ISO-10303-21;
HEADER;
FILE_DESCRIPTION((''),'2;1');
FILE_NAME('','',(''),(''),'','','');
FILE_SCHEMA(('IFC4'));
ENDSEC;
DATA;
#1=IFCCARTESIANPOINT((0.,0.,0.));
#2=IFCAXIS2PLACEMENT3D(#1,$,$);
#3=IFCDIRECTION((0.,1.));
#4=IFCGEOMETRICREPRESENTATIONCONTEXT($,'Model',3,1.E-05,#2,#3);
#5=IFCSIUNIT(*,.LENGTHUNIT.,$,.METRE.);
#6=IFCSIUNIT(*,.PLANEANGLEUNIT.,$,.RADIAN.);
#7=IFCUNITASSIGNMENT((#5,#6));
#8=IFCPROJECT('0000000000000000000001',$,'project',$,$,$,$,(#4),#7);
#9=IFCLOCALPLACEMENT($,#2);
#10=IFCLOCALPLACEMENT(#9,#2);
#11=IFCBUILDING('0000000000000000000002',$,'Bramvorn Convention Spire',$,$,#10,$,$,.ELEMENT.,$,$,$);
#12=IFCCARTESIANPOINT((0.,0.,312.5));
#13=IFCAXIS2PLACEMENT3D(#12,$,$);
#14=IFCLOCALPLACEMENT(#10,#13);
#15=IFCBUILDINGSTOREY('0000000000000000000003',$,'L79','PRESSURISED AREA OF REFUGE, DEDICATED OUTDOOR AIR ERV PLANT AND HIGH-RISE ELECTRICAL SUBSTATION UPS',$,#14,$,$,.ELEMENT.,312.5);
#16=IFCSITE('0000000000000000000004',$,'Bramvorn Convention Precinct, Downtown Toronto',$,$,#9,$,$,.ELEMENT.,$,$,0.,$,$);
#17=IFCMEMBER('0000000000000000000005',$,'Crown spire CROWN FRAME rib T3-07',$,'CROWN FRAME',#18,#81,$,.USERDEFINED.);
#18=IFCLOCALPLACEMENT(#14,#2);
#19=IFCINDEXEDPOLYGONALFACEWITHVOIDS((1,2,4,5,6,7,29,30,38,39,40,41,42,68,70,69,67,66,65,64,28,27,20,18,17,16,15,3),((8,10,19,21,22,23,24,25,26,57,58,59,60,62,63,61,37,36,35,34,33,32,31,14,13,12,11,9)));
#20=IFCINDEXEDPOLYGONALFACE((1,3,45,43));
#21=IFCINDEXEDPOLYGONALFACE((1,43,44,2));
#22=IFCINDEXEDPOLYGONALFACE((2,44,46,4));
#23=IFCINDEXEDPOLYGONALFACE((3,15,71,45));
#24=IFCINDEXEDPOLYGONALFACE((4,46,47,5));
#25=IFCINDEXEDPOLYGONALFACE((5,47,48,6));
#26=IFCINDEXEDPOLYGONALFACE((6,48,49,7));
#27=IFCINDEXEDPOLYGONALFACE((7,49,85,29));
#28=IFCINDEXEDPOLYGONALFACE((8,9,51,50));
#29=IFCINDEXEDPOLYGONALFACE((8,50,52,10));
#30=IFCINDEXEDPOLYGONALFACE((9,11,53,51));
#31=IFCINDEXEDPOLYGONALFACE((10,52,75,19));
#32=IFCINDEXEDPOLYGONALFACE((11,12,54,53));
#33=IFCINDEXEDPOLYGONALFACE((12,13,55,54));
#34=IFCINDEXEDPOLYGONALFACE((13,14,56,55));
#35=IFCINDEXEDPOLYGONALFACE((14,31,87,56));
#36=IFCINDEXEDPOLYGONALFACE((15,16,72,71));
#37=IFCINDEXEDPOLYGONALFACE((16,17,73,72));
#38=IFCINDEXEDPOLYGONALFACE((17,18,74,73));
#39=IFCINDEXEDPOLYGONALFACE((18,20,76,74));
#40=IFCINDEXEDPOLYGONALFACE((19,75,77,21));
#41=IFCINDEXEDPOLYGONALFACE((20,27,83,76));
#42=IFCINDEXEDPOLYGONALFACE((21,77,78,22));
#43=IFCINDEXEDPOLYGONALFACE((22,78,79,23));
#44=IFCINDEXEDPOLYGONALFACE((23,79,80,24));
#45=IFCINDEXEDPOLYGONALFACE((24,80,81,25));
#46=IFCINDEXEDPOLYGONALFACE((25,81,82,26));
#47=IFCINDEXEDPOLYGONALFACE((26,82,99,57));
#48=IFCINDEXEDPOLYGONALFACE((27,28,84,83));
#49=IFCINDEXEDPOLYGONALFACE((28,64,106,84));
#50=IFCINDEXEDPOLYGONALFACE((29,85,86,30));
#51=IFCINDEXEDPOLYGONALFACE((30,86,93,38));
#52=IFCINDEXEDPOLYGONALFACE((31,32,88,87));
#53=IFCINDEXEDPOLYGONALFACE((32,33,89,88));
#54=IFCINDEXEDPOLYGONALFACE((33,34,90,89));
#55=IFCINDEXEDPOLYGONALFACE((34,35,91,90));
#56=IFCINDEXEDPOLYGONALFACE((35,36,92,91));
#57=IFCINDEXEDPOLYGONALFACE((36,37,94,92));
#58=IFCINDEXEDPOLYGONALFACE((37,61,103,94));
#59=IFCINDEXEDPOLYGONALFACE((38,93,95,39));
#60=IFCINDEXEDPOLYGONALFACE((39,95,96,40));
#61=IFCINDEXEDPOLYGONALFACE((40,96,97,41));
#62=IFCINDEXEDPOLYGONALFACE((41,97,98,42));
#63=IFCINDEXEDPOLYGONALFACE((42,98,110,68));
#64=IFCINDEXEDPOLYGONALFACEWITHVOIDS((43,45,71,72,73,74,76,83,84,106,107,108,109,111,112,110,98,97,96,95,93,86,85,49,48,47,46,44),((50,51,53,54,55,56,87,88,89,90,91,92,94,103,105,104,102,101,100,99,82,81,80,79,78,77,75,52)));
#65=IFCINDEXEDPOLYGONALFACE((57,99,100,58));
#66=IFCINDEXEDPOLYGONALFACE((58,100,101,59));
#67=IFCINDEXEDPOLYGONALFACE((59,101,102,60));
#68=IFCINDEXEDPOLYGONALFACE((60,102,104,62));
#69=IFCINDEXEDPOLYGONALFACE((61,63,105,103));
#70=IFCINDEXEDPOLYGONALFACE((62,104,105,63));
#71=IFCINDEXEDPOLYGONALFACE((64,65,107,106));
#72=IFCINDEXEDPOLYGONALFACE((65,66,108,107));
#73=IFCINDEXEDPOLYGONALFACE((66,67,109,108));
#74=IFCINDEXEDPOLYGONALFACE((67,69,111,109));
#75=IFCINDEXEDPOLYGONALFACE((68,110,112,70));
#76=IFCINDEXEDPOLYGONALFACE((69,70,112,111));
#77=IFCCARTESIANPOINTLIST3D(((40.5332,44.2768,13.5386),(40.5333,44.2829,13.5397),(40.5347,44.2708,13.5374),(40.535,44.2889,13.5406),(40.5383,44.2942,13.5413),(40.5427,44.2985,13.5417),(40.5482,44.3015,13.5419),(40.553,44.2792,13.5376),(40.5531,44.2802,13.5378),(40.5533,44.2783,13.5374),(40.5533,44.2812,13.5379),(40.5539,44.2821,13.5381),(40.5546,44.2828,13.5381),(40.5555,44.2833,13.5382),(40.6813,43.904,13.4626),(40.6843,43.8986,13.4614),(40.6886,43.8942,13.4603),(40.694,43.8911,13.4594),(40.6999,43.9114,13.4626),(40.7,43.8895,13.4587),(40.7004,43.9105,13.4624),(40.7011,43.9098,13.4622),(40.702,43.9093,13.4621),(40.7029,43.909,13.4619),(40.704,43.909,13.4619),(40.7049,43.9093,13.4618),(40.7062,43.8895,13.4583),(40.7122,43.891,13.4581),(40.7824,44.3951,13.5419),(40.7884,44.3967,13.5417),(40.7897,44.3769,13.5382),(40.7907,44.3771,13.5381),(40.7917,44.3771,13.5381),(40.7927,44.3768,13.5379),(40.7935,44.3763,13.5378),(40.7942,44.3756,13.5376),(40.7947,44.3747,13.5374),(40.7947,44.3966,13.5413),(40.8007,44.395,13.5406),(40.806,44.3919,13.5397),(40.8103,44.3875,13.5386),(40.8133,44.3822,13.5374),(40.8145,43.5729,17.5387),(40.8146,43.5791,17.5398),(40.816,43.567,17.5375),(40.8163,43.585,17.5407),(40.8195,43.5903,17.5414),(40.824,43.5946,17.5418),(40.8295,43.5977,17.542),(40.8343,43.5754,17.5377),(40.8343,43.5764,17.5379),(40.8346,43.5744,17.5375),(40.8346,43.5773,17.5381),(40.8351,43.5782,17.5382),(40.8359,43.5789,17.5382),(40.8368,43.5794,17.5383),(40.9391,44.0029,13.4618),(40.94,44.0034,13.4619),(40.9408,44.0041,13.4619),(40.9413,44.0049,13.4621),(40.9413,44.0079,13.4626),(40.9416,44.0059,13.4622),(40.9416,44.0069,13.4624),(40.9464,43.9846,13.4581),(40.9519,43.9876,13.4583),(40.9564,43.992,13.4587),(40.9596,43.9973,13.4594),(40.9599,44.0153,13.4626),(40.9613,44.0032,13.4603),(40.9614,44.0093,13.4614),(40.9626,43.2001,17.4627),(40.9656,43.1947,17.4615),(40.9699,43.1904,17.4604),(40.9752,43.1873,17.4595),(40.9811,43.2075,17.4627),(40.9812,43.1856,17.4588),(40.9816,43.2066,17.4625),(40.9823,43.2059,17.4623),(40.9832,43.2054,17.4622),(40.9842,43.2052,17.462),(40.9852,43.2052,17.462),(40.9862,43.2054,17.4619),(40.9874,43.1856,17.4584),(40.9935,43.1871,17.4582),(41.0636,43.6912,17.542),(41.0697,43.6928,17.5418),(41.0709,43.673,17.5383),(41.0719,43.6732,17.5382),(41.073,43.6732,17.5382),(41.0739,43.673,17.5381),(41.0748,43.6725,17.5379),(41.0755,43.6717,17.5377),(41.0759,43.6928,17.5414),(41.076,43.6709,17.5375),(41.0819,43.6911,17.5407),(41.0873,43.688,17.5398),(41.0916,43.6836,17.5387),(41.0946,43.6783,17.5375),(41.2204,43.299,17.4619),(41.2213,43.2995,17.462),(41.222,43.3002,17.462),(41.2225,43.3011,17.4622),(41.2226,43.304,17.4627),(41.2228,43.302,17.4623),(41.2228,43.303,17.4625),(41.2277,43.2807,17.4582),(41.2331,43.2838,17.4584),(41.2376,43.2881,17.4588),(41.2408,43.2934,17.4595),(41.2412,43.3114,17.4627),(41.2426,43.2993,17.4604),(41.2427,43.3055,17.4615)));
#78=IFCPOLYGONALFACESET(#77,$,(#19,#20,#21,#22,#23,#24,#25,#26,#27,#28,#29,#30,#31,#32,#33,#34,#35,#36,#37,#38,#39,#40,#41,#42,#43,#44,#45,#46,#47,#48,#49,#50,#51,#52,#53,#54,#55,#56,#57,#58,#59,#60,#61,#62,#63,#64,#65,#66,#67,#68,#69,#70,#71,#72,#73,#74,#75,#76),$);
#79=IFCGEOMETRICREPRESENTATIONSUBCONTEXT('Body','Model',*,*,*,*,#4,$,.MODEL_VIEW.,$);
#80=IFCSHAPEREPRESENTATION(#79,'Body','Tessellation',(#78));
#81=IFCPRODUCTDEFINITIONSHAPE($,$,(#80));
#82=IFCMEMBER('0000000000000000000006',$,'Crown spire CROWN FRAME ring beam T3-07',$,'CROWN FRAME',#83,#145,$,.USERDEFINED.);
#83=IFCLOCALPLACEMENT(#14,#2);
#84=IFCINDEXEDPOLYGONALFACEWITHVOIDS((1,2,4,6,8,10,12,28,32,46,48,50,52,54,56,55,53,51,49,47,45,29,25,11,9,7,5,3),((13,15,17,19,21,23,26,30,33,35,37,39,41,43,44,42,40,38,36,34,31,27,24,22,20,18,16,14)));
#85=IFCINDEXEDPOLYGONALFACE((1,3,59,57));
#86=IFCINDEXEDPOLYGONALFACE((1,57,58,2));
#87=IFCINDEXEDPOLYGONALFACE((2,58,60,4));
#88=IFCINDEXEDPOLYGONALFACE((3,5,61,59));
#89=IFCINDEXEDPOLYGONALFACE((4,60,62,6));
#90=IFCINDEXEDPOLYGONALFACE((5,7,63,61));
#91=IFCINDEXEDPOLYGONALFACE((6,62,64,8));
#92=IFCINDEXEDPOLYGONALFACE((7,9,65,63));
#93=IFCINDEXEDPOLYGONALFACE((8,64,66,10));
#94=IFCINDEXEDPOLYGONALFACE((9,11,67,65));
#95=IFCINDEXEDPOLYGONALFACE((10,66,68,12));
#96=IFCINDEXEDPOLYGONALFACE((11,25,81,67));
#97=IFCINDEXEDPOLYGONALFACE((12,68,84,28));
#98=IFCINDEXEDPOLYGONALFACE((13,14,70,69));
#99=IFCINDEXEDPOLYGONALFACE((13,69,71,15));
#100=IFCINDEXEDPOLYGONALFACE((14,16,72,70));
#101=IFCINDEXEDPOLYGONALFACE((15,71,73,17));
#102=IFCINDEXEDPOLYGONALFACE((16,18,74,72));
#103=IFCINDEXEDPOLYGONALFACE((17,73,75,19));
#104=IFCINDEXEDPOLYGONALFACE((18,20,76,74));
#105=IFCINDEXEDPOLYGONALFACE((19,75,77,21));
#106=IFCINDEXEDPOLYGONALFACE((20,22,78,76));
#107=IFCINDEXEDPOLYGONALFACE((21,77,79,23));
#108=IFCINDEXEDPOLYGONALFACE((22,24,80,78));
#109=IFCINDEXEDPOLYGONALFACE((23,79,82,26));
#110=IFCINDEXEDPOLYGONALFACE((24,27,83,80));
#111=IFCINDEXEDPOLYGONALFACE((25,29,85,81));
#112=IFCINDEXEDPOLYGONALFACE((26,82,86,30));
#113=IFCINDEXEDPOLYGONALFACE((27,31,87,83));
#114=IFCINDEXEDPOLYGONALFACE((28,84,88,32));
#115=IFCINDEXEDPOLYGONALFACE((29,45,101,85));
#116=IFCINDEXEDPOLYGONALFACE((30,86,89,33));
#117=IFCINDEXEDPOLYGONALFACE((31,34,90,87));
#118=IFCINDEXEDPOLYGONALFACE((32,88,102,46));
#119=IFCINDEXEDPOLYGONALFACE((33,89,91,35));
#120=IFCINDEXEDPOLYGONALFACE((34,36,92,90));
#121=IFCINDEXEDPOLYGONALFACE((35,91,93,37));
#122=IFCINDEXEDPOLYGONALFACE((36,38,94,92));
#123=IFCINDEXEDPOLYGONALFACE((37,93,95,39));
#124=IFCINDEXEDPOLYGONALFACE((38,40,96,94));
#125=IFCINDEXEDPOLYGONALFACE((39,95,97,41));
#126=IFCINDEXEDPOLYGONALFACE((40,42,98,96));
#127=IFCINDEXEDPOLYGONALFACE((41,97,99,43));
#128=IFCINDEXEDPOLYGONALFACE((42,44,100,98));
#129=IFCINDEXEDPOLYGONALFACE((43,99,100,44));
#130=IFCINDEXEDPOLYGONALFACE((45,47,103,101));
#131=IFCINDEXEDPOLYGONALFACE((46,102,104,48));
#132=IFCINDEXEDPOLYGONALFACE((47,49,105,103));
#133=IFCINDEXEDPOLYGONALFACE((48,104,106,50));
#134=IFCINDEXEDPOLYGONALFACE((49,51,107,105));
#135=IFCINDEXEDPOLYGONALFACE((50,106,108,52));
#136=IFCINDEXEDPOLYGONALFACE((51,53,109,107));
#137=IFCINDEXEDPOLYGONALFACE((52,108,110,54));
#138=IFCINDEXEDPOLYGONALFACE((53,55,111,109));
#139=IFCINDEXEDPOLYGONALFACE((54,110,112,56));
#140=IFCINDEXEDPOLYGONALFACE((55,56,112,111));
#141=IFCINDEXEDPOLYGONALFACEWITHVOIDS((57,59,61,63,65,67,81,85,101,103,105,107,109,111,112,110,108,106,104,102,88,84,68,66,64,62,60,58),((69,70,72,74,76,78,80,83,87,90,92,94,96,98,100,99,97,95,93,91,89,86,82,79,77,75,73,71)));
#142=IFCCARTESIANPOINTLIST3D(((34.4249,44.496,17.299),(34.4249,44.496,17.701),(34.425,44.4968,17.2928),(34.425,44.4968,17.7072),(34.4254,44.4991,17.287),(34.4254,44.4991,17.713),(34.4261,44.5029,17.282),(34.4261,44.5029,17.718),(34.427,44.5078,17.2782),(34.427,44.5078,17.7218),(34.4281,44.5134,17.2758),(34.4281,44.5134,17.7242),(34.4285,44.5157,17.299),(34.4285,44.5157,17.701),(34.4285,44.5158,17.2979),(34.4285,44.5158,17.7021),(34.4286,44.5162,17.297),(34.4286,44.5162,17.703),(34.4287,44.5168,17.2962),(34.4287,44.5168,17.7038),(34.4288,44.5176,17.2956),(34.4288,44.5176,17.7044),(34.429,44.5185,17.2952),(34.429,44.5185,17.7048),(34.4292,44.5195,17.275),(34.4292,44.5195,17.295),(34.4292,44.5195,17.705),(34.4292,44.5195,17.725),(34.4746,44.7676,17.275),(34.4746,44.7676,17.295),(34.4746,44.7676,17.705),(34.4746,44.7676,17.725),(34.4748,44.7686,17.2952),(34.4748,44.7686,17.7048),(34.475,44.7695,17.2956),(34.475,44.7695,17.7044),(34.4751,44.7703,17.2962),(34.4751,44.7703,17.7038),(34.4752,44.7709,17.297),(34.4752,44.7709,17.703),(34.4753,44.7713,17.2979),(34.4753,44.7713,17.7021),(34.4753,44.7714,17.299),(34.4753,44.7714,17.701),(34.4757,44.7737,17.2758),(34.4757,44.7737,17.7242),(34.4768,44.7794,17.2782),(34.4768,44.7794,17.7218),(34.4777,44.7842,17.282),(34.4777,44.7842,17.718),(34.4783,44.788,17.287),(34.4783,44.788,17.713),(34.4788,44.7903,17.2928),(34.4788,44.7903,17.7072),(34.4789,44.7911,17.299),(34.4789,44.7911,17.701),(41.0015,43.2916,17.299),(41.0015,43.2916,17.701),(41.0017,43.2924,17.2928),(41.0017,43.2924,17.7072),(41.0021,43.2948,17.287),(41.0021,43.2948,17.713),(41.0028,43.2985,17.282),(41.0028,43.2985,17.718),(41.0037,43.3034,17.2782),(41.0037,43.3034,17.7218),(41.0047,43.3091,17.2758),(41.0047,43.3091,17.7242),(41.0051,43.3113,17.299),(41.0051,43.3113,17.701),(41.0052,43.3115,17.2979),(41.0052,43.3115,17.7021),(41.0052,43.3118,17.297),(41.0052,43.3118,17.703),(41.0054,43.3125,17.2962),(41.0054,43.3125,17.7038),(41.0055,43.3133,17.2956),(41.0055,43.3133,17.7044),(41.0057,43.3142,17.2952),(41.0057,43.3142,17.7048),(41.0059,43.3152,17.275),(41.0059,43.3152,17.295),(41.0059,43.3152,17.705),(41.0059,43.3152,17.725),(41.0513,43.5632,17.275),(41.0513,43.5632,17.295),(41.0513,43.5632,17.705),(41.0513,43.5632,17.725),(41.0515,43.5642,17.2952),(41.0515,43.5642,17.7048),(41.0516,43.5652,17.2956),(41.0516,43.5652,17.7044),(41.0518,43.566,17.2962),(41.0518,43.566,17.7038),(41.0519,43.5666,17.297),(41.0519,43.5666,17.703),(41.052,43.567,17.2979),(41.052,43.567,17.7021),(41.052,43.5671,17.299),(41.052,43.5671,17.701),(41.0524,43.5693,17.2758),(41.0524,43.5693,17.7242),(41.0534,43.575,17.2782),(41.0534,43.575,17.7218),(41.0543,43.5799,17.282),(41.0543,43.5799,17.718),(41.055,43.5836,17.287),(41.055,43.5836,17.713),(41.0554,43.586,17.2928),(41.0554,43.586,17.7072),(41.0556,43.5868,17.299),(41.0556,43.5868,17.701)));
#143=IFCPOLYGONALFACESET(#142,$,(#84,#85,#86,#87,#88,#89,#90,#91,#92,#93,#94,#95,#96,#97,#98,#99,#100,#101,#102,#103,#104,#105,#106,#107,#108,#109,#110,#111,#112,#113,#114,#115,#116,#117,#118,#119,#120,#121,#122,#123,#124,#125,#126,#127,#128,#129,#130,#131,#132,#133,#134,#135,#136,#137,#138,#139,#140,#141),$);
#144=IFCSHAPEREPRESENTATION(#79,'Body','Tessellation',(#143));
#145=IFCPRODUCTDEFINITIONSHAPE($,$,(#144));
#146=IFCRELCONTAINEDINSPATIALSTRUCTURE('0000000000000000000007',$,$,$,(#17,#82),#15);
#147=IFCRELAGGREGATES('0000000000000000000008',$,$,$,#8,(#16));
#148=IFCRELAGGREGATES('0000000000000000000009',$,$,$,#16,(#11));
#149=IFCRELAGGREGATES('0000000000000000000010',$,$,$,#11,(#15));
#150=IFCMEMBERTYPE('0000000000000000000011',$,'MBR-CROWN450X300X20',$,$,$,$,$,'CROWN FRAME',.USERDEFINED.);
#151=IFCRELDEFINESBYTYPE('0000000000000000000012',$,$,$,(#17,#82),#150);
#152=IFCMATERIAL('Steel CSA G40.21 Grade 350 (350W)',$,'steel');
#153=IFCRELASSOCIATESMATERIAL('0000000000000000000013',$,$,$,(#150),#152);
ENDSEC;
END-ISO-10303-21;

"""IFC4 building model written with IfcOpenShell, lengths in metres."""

from ifc_helpers import new_model, si_unit, direction, frame, origin, origin_2d, place, context, subcontext, project, spatial, hollow_rectangle, extrude, material, material_profile, profile_set, type_object, element, save


model = new_model("IFC4")

# Units and contexts
model_context = context("Model", 3, precision=1e-05, world=origin(), true_north=direction((0.0, 1.0)))
body_context = subcontext(model_context, "Body", "Model", "MODEL_VIEW")
ifc_project = project(units=[si_unit("LENGTHUNIT", "METRE"), si_unit("PLANEANGLEUNIT", "RADIAN")], contexts=[model_context])

# Site, building, storey
site_placement = place(None, origin())
site = spatial("IfcSite", under=ifc_project, at=site_placement, Name="Bramvorn Convention Precinct, Downtown Toronto", CompositionType="ELEMENT", RefElevation=0.0)
building_placement = place(site_placement, origin())
building = spatial("IfcBuilding", under=site, at=building_placement, Name="Bramvorn Convention Spire", CompositionType="ELEMENT")
storey_placement = place(building_placement, frame((0.0, 0.0, 312.5)))
storey = spatial("IfcBuildingStorey", under=building, at=storey_placement, Name="L79", Description="PRESSURISED AREA OF REFUGE, DEDICATED OUTDOOR AIR ERV PLANT AND HIGH-RISE ELECTRICAL SUBSTATION UPS", CompositionType="ELEMENT", Elevation=312.5)

# Shared definitions
ifc_material_1 = material(Name="Steel CSA G40.21 Grade 350 (350W)", Category="steel")

# Members
ifc_material_profile_1 = material_profile(ifc_material_1, hollow_rectangle(XDim=0.3, YDim=0.45, WallThickness=0.02, InnerFilletRadius=0.0039, OuterFilletRadius=0.0239, at=origin_2d()))
ifc_profile_set_1 = profile_set([ifc_material_profile_1], Name="Steel CSA G40.21 Grade 350 (350W) - CROWN450X300X20")
member_type = type_object("IfcMemberType", Name="MBR-CROWN450X300X20", ElementType="CROWN FRAME", PredefinedType="USERDEFINED", material=ifc_profile_set_1)
member_1_placement = place(storey_placement, frame((40.7473, 44.1431, 13.5), z_axis=(0.069083, -0.172888, 0.982516), x_axis=(0.92861, 0.371057, 0.0)))
element("IfcMember", 1, at=member_1_placement, inside=storey, type_object=member_type, Name="Crown spire CROWN FRAME rib T3-07", ObjectType="CROWN FRAME", PredefinedType="USERDEFINED", context=body_context, shape_type="SweptSolid", body=[
    extrude(hollow_rectangle(XDim=0.3, YDim=0.45, WallThickness=0.02, InnerFilletRadius=0.0039, OuterFilletRadius=0.0239, at=origin_2d()), origin(), (0.0, 0.0, 1.0), 4.0713),
])
member_2_placement = place(storey_placement, frame((41.0286, 43.4392, 17.5), z_axis=(-0.983643, 0.180129, 0.0), x_axis=(-0.180129, -0.983643, 0.0)))
element("IfcMember", 2, at=member_2_placement, inside=storey, type_object=member_type, Name="Crown spire CROWN FRAME ring beam T3-07", ObjectType="CROWN FRAME", PredefinedType="USERDEFINED", context=body_context, shape_type="SweptSolid", body=[
    extrude(hollow_rectangle(XDim=0.3, YDim=0.45, WallThickness=0.02, InnerFilletRadius=0.0039, OuterFilletRadius=0.0239, at=origin_2d()), origin(), (0.0, 0.0, 1.0), 6.686),
])

save(model, "model.ifc")
